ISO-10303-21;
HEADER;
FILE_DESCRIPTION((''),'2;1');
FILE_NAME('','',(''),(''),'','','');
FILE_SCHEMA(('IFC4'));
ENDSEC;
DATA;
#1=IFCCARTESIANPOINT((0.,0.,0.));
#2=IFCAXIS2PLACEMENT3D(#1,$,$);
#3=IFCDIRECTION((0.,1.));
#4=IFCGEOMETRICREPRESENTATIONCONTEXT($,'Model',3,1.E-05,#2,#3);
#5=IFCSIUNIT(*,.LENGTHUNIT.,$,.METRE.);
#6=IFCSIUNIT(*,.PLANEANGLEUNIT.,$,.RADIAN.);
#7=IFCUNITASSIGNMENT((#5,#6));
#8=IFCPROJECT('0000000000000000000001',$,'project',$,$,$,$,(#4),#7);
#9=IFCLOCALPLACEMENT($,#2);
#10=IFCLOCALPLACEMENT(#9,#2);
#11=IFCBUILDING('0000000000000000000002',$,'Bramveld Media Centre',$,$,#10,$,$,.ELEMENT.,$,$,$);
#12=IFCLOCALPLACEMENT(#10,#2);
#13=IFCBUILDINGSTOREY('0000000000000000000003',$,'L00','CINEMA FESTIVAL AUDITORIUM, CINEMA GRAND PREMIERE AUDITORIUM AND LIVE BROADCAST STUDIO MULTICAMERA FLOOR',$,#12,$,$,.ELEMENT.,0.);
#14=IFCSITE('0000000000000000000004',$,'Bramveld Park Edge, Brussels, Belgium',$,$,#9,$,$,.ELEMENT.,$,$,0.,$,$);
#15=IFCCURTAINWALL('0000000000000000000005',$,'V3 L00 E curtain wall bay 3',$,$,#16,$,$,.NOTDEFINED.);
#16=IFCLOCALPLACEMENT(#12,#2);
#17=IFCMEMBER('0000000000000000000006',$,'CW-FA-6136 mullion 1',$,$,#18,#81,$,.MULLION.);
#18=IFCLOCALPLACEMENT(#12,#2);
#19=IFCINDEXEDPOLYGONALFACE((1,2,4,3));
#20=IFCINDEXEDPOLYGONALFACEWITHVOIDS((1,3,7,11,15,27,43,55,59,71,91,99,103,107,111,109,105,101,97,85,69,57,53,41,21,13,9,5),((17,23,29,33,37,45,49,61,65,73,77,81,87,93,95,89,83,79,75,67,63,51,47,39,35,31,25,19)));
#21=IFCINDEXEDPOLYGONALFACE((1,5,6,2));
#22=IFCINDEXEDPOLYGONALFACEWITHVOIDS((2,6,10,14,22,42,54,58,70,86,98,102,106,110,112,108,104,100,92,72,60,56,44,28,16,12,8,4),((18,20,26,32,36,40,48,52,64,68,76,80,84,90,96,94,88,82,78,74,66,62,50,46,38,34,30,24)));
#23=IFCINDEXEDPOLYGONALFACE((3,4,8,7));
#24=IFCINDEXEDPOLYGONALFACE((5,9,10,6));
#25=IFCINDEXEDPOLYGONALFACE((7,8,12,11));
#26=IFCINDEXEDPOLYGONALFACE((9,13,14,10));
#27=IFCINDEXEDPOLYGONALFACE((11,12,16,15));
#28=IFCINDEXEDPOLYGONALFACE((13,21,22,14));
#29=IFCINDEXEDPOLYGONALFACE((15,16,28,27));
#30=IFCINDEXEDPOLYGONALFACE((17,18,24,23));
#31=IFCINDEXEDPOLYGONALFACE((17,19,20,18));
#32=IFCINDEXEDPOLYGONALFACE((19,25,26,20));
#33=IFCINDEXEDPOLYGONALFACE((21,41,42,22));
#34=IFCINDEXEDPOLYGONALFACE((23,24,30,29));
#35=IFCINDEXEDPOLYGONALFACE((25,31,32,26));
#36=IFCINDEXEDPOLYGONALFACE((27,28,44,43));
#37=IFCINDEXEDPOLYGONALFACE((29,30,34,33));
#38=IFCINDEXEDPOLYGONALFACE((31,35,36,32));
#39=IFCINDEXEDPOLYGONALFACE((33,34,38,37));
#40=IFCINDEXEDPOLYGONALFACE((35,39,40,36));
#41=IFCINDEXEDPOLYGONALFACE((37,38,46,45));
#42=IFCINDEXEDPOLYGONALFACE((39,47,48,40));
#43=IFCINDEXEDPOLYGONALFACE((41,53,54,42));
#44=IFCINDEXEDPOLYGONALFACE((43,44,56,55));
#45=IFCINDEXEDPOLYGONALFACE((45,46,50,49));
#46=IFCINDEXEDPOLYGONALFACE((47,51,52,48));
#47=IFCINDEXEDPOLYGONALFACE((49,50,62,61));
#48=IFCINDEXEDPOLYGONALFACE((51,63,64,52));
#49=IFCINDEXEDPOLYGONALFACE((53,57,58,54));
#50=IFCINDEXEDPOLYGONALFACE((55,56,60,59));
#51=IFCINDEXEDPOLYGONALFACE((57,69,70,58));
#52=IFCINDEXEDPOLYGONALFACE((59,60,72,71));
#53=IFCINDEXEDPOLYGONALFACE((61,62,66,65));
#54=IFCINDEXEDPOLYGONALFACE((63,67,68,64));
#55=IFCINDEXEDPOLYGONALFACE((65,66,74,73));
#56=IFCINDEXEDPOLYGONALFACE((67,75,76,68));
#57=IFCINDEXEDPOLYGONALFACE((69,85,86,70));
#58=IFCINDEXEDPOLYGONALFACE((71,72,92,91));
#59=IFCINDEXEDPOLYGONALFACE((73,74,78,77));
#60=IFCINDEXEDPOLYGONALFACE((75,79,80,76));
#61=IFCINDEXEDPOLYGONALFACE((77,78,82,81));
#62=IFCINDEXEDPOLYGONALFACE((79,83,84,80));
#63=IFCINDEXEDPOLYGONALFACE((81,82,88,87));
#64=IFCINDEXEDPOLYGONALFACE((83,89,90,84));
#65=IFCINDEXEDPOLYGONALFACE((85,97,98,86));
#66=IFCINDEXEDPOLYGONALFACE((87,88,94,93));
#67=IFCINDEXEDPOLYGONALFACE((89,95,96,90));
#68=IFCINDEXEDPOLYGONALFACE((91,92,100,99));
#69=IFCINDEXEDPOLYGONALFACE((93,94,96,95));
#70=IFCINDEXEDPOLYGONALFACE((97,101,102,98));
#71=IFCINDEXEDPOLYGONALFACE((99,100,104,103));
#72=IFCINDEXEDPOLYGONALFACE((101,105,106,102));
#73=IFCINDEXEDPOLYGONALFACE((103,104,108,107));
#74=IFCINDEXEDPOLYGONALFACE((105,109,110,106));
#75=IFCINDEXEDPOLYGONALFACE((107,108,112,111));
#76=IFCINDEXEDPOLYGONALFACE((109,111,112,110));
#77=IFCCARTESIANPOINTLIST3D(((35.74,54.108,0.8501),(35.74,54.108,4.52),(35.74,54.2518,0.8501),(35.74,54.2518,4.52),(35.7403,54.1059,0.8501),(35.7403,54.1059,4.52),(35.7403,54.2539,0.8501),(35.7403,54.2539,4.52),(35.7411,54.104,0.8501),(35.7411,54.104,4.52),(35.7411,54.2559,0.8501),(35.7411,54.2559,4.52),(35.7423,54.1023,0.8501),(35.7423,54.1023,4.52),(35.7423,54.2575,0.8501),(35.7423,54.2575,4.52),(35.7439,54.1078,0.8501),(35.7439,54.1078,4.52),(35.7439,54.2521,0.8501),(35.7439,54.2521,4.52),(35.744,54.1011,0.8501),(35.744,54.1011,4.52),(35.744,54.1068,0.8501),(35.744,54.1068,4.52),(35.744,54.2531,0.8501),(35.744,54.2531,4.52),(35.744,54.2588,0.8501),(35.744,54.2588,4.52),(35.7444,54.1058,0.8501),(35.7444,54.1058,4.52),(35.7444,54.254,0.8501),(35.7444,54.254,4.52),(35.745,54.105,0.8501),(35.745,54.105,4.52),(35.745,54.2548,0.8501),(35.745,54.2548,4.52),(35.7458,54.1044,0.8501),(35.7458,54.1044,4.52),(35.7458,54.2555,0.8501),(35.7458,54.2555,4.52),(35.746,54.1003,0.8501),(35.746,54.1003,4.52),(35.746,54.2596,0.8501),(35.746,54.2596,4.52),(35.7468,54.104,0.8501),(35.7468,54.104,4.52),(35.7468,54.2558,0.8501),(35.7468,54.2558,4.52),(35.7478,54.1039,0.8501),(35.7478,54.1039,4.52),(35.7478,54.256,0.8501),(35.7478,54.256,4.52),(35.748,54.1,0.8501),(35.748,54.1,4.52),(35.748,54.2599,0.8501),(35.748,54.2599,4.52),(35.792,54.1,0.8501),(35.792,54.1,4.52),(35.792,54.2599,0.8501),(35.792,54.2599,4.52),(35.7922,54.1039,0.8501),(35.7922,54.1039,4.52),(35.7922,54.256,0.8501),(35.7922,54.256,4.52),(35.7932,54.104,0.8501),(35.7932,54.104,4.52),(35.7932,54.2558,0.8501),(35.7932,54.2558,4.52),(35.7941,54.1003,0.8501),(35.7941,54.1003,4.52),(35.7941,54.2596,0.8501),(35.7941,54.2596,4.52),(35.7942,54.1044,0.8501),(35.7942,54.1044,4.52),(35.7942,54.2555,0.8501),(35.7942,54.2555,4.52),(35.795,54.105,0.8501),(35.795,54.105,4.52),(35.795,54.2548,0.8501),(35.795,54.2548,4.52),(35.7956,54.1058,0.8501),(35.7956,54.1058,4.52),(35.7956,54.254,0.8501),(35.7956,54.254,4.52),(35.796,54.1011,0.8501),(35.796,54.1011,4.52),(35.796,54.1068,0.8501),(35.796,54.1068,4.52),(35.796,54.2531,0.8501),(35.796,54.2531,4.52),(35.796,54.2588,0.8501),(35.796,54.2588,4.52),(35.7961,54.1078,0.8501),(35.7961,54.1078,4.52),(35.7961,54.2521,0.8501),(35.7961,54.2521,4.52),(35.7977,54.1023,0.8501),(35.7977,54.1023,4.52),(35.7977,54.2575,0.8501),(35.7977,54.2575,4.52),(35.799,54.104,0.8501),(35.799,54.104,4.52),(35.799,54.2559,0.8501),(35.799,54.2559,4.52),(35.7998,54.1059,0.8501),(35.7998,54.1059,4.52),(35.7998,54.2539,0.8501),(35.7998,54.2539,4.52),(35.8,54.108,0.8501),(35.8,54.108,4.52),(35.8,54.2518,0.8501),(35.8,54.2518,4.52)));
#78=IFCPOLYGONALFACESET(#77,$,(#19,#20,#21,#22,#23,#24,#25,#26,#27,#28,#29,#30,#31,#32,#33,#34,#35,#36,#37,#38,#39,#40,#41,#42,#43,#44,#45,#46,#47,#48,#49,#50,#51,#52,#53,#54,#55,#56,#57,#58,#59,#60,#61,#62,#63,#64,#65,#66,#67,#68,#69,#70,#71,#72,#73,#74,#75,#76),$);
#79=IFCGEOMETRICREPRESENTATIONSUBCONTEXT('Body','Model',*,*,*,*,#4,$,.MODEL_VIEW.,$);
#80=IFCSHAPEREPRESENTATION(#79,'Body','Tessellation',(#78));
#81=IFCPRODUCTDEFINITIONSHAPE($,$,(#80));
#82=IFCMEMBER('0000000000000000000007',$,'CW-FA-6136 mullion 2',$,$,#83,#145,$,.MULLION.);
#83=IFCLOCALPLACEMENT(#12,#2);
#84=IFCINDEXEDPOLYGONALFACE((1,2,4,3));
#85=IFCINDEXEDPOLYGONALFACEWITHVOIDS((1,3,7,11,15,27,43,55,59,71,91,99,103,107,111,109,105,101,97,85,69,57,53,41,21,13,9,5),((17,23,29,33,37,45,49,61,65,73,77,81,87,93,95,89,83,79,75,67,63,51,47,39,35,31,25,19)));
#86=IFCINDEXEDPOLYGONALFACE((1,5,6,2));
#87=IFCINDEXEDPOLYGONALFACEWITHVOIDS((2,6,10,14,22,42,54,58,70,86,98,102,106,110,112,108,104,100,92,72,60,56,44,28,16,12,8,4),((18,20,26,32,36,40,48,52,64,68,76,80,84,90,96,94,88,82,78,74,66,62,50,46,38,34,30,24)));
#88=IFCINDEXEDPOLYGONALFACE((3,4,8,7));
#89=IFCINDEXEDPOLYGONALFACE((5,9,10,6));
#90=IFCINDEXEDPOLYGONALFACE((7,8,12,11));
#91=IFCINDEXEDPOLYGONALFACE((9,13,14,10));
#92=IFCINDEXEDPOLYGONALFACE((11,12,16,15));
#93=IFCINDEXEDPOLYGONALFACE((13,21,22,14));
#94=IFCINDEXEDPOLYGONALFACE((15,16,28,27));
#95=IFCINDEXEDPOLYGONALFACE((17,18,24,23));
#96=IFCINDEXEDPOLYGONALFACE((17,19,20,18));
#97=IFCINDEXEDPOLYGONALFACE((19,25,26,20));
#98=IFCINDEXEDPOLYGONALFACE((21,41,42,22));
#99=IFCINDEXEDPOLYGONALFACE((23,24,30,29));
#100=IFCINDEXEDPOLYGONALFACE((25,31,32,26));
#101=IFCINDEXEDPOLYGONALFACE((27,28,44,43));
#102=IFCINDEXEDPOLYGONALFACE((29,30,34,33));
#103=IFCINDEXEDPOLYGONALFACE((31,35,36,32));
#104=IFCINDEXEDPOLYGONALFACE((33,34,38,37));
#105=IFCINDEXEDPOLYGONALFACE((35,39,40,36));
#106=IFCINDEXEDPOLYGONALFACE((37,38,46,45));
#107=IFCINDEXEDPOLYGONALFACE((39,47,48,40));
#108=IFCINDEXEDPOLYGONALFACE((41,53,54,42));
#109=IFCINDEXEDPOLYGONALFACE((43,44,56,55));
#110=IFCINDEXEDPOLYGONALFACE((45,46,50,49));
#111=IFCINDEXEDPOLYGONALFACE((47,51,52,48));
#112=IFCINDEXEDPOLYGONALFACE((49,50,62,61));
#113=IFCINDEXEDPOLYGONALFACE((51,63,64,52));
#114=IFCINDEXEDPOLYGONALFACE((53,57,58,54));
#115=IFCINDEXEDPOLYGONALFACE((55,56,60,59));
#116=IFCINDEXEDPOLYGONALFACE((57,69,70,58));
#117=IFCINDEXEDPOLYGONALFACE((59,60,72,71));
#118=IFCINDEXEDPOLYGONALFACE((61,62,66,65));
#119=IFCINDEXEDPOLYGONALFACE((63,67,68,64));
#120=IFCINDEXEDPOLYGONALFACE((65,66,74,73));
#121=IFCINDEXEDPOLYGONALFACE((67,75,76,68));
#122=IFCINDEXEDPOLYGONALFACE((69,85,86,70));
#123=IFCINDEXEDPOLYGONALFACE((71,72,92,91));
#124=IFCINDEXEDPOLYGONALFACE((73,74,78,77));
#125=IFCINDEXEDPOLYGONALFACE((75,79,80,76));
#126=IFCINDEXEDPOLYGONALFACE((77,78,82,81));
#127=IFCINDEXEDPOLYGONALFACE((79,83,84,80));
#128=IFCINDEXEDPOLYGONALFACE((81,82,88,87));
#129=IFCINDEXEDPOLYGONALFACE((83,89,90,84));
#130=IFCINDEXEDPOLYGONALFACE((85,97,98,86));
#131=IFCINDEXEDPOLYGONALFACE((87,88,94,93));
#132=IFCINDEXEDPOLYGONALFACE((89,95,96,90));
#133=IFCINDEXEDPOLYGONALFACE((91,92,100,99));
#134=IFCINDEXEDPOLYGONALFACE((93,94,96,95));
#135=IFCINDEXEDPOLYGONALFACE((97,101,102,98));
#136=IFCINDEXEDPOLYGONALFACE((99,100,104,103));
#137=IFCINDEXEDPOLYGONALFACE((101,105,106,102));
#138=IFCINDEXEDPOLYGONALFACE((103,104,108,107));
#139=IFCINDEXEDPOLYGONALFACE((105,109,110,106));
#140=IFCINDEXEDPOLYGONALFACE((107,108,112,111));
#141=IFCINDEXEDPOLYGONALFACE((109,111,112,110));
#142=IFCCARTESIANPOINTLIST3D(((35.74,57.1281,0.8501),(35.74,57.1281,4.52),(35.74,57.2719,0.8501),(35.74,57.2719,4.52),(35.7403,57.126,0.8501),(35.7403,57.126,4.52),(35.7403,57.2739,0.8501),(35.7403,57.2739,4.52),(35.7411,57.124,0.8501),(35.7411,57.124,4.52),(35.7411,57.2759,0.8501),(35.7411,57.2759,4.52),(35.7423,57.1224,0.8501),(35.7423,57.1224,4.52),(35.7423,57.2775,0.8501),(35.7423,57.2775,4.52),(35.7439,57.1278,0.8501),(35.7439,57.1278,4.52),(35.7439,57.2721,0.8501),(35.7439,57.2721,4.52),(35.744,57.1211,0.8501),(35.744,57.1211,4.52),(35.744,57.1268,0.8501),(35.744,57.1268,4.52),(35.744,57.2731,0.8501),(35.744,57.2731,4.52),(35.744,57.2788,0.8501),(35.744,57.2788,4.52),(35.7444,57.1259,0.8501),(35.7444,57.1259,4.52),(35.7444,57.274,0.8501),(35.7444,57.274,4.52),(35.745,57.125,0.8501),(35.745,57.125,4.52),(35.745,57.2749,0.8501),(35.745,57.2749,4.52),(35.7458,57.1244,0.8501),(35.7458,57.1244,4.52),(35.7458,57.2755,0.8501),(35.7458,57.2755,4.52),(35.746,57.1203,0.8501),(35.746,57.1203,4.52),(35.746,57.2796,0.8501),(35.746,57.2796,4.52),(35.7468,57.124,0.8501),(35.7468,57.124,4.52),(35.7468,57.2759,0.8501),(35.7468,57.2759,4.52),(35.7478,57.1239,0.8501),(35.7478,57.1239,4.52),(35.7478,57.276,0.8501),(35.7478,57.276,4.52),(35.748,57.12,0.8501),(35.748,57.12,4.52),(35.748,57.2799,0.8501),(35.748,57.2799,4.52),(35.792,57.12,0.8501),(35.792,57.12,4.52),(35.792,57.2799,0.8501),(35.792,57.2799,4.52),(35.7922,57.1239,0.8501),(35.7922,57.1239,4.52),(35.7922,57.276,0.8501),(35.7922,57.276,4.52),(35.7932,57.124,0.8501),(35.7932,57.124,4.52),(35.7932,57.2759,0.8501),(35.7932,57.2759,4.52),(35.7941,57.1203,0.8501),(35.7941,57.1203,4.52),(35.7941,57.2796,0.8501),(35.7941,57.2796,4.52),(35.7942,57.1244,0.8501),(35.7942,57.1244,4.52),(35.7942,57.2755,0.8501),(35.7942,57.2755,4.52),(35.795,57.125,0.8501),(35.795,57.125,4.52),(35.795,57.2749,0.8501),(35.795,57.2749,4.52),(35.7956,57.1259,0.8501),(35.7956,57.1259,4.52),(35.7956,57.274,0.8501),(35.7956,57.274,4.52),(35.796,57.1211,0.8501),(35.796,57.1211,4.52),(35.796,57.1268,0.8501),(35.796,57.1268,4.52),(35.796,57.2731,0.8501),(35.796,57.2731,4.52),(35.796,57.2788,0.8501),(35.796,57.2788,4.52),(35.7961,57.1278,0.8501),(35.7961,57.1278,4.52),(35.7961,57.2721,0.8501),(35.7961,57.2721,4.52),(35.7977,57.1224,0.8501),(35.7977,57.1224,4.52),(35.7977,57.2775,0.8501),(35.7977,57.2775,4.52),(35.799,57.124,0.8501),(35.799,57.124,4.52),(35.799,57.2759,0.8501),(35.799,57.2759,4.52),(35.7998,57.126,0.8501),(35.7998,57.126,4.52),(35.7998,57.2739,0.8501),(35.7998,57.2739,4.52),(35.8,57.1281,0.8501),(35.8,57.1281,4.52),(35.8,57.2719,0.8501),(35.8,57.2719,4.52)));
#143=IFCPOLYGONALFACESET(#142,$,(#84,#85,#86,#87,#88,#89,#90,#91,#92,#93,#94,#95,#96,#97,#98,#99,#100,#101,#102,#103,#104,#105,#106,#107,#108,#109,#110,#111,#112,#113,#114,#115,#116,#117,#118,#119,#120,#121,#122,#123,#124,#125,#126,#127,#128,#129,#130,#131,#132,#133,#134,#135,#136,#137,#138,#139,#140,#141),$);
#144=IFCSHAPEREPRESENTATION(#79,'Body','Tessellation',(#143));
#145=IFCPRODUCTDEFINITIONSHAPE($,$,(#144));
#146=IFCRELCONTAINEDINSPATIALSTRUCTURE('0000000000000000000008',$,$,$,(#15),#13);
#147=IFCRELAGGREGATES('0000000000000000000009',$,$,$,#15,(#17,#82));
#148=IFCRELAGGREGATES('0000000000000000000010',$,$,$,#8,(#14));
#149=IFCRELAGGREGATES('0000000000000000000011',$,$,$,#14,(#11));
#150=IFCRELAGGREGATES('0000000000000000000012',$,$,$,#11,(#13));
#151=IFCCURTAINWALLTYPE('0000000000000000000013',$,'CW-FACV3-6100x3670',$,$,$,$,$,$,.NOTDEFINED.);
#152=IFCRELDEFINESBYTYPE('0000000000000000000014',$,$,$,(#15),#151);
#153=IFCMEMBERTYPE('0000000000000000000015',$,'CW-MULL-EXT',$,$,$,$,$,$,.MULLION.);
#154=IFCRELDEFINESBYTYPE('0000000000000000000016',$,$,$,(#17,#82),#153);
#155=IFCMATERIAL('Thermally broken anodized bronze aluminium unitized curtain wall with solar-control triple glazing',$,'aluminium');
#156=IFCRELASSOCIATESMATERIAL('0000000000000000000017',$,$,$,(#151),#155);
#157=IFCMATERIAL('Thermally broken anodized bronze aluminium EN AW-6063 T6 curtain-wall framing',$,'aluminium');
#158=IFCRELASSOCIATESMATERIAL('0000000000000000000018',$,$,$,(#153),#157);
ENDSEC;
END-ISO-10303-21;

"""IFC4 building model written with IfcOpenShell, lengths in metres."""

from ifc_helpers import new_model, si_unit, direction, frame, origin, origin_2d, place, context, subcontext, project, spatial, hollow_rectangle, extrude, material, material_profile, profile_set, type_object, element, aggregate, save


model = new_model("IFC4")

# Units and contexts
model_context = context("Model", 3, precision=1e-05, world=origin(), true_north=direction((0.0, 1.0)))
body_context = subcontext(model_context, "Body", "Model", "MODEL_VIEW")
ifc_project = project(units=[si_unit("LENGTHUNIT", "METRE"), si_unit("PLANEANGLEUNIT", "RADIAN")], contexts=[model_context])

# Site, building, storey
site_placement = place(None, origin())
site = spatial("IfcSite", under=ifc_project, at=site_placement, Name="Bramveld Park Edge, Brussels, Belgium", CompositionType="ELEMENT", RefElevation=0.0)
building_placement = place(site_placement, origin())
building = spatial("IfcBuilding", under=site, at=building_placement, Name="Bramveld Media Centre", CompositionType="ELEMENT")
storey_placement = place(building_placement, origin())
storey = spatial("IfcBuildingStorey", under=building, at=storey_placement, Name="L00", Description="CINEMA FESTIVAL AUDITORIUM, CINEMA GRAND PREMIERE AUDITORIUM AND LIVE BROADCAST STUDIO MULTICAMERA FLOOR", CompositionType="ELEMENT", Elevation=0.0)

# Curtain wall, members
ifc_material_1 = material(Name="Thermally broken anodized bronze aluminium unitized curtain wall with solar-control triple glazing", Category="aluminium")
curtain_wall_type = type_object("IfcCurtainWallType", Name="CW-FACV3-6100x3670", PredefinedType="NOTDEFINED", material=ifc_material_1)
ifc_material_2 = material(Name="Thermally broken anodized bronze aluminium EN AW-6063 T6 curtain-wall framing", Category="aluminium")
ifc_material_profile_1 = material_profile(ifc_material_2, hollow_rectangle(XDim=0.0601, YDim=0.1599, WallThickness=0.0039, InnerFilletRadius=0.0039, OuterFilletRadius=0.0081, at=origin_2d()), Name="AL-MULL 60x160")
ifc_profile_set_1 = profile_set([ifc_material_profile_1], Name="Thermally broken anodized bronze aluminium EN AW-6063 T6 curtain-wall framing")
member_type_1 = type_object("IfcMemberType", Name="CW-MULL-EXT", PredefinedType="MULLION", material=ifc_profile_set_1)
curtain_wall_1_placement = place(storey_placement, origin())
curtain_wall_1 = element("IfcCurtainWall", 1, at=curtain_wall_1_placement, inside=storey, type_object=curtain_wall_type, Name="V3 L00 E curtain wall bay 3", PredefinedType="NOTDEFINED")
member_1_placement = place(storey_placement, frame((35.77, 54.1799, 0.8501), z_axis=(0.0, 0.0, 1.0), x_axis=(-1.0, 0.0, 0.0)))
member_1 = element("IfcMember", 2, at=member_1_placement, type_object=member_type_1, Name="CW-FA-6136 mullion 1", PredefinedType="MULLION", context=body_context, shape_type="SweptSolid", body=[
    extrude(hollow_rectangle(XDim=0.0601, YDim=0.1599, WallThickness=0.0039, InnerFilletRadius=0.0039, OuterFilletRadius=0.0081, at=origin_2d()), origin(), (0.0, 0.0, 1.0), 3.6699),
])
member_2_placement = place(storey_placement, frame((35.77, 57.2, 0.8501), z_axis=(0.0, 0.0, 1.0), x_axis=(-1.0, 0.0, 0.0)))
member_2 = element("IfcMember", 3, at=member_2_placement, type_object=member_type_1, Name="CW-FA-6136 mullion 2", PredefinedType="MULLION", context=body_context, shape_type="SweptSolid", body=[
    extrude(hollow_rectangle(XDim=0.0601, YDim=0.1599, WallThickness=0.0039, InnerFilletRadius=0.0039, OuterFilletRadius=0.0081, at=origin_2d()), origin(), (0.0, 0.0, 1.0), 3.6699),
])

aggregate(curtain_wall_1, [member_1, member_2])

save(model, "model.ifc")
